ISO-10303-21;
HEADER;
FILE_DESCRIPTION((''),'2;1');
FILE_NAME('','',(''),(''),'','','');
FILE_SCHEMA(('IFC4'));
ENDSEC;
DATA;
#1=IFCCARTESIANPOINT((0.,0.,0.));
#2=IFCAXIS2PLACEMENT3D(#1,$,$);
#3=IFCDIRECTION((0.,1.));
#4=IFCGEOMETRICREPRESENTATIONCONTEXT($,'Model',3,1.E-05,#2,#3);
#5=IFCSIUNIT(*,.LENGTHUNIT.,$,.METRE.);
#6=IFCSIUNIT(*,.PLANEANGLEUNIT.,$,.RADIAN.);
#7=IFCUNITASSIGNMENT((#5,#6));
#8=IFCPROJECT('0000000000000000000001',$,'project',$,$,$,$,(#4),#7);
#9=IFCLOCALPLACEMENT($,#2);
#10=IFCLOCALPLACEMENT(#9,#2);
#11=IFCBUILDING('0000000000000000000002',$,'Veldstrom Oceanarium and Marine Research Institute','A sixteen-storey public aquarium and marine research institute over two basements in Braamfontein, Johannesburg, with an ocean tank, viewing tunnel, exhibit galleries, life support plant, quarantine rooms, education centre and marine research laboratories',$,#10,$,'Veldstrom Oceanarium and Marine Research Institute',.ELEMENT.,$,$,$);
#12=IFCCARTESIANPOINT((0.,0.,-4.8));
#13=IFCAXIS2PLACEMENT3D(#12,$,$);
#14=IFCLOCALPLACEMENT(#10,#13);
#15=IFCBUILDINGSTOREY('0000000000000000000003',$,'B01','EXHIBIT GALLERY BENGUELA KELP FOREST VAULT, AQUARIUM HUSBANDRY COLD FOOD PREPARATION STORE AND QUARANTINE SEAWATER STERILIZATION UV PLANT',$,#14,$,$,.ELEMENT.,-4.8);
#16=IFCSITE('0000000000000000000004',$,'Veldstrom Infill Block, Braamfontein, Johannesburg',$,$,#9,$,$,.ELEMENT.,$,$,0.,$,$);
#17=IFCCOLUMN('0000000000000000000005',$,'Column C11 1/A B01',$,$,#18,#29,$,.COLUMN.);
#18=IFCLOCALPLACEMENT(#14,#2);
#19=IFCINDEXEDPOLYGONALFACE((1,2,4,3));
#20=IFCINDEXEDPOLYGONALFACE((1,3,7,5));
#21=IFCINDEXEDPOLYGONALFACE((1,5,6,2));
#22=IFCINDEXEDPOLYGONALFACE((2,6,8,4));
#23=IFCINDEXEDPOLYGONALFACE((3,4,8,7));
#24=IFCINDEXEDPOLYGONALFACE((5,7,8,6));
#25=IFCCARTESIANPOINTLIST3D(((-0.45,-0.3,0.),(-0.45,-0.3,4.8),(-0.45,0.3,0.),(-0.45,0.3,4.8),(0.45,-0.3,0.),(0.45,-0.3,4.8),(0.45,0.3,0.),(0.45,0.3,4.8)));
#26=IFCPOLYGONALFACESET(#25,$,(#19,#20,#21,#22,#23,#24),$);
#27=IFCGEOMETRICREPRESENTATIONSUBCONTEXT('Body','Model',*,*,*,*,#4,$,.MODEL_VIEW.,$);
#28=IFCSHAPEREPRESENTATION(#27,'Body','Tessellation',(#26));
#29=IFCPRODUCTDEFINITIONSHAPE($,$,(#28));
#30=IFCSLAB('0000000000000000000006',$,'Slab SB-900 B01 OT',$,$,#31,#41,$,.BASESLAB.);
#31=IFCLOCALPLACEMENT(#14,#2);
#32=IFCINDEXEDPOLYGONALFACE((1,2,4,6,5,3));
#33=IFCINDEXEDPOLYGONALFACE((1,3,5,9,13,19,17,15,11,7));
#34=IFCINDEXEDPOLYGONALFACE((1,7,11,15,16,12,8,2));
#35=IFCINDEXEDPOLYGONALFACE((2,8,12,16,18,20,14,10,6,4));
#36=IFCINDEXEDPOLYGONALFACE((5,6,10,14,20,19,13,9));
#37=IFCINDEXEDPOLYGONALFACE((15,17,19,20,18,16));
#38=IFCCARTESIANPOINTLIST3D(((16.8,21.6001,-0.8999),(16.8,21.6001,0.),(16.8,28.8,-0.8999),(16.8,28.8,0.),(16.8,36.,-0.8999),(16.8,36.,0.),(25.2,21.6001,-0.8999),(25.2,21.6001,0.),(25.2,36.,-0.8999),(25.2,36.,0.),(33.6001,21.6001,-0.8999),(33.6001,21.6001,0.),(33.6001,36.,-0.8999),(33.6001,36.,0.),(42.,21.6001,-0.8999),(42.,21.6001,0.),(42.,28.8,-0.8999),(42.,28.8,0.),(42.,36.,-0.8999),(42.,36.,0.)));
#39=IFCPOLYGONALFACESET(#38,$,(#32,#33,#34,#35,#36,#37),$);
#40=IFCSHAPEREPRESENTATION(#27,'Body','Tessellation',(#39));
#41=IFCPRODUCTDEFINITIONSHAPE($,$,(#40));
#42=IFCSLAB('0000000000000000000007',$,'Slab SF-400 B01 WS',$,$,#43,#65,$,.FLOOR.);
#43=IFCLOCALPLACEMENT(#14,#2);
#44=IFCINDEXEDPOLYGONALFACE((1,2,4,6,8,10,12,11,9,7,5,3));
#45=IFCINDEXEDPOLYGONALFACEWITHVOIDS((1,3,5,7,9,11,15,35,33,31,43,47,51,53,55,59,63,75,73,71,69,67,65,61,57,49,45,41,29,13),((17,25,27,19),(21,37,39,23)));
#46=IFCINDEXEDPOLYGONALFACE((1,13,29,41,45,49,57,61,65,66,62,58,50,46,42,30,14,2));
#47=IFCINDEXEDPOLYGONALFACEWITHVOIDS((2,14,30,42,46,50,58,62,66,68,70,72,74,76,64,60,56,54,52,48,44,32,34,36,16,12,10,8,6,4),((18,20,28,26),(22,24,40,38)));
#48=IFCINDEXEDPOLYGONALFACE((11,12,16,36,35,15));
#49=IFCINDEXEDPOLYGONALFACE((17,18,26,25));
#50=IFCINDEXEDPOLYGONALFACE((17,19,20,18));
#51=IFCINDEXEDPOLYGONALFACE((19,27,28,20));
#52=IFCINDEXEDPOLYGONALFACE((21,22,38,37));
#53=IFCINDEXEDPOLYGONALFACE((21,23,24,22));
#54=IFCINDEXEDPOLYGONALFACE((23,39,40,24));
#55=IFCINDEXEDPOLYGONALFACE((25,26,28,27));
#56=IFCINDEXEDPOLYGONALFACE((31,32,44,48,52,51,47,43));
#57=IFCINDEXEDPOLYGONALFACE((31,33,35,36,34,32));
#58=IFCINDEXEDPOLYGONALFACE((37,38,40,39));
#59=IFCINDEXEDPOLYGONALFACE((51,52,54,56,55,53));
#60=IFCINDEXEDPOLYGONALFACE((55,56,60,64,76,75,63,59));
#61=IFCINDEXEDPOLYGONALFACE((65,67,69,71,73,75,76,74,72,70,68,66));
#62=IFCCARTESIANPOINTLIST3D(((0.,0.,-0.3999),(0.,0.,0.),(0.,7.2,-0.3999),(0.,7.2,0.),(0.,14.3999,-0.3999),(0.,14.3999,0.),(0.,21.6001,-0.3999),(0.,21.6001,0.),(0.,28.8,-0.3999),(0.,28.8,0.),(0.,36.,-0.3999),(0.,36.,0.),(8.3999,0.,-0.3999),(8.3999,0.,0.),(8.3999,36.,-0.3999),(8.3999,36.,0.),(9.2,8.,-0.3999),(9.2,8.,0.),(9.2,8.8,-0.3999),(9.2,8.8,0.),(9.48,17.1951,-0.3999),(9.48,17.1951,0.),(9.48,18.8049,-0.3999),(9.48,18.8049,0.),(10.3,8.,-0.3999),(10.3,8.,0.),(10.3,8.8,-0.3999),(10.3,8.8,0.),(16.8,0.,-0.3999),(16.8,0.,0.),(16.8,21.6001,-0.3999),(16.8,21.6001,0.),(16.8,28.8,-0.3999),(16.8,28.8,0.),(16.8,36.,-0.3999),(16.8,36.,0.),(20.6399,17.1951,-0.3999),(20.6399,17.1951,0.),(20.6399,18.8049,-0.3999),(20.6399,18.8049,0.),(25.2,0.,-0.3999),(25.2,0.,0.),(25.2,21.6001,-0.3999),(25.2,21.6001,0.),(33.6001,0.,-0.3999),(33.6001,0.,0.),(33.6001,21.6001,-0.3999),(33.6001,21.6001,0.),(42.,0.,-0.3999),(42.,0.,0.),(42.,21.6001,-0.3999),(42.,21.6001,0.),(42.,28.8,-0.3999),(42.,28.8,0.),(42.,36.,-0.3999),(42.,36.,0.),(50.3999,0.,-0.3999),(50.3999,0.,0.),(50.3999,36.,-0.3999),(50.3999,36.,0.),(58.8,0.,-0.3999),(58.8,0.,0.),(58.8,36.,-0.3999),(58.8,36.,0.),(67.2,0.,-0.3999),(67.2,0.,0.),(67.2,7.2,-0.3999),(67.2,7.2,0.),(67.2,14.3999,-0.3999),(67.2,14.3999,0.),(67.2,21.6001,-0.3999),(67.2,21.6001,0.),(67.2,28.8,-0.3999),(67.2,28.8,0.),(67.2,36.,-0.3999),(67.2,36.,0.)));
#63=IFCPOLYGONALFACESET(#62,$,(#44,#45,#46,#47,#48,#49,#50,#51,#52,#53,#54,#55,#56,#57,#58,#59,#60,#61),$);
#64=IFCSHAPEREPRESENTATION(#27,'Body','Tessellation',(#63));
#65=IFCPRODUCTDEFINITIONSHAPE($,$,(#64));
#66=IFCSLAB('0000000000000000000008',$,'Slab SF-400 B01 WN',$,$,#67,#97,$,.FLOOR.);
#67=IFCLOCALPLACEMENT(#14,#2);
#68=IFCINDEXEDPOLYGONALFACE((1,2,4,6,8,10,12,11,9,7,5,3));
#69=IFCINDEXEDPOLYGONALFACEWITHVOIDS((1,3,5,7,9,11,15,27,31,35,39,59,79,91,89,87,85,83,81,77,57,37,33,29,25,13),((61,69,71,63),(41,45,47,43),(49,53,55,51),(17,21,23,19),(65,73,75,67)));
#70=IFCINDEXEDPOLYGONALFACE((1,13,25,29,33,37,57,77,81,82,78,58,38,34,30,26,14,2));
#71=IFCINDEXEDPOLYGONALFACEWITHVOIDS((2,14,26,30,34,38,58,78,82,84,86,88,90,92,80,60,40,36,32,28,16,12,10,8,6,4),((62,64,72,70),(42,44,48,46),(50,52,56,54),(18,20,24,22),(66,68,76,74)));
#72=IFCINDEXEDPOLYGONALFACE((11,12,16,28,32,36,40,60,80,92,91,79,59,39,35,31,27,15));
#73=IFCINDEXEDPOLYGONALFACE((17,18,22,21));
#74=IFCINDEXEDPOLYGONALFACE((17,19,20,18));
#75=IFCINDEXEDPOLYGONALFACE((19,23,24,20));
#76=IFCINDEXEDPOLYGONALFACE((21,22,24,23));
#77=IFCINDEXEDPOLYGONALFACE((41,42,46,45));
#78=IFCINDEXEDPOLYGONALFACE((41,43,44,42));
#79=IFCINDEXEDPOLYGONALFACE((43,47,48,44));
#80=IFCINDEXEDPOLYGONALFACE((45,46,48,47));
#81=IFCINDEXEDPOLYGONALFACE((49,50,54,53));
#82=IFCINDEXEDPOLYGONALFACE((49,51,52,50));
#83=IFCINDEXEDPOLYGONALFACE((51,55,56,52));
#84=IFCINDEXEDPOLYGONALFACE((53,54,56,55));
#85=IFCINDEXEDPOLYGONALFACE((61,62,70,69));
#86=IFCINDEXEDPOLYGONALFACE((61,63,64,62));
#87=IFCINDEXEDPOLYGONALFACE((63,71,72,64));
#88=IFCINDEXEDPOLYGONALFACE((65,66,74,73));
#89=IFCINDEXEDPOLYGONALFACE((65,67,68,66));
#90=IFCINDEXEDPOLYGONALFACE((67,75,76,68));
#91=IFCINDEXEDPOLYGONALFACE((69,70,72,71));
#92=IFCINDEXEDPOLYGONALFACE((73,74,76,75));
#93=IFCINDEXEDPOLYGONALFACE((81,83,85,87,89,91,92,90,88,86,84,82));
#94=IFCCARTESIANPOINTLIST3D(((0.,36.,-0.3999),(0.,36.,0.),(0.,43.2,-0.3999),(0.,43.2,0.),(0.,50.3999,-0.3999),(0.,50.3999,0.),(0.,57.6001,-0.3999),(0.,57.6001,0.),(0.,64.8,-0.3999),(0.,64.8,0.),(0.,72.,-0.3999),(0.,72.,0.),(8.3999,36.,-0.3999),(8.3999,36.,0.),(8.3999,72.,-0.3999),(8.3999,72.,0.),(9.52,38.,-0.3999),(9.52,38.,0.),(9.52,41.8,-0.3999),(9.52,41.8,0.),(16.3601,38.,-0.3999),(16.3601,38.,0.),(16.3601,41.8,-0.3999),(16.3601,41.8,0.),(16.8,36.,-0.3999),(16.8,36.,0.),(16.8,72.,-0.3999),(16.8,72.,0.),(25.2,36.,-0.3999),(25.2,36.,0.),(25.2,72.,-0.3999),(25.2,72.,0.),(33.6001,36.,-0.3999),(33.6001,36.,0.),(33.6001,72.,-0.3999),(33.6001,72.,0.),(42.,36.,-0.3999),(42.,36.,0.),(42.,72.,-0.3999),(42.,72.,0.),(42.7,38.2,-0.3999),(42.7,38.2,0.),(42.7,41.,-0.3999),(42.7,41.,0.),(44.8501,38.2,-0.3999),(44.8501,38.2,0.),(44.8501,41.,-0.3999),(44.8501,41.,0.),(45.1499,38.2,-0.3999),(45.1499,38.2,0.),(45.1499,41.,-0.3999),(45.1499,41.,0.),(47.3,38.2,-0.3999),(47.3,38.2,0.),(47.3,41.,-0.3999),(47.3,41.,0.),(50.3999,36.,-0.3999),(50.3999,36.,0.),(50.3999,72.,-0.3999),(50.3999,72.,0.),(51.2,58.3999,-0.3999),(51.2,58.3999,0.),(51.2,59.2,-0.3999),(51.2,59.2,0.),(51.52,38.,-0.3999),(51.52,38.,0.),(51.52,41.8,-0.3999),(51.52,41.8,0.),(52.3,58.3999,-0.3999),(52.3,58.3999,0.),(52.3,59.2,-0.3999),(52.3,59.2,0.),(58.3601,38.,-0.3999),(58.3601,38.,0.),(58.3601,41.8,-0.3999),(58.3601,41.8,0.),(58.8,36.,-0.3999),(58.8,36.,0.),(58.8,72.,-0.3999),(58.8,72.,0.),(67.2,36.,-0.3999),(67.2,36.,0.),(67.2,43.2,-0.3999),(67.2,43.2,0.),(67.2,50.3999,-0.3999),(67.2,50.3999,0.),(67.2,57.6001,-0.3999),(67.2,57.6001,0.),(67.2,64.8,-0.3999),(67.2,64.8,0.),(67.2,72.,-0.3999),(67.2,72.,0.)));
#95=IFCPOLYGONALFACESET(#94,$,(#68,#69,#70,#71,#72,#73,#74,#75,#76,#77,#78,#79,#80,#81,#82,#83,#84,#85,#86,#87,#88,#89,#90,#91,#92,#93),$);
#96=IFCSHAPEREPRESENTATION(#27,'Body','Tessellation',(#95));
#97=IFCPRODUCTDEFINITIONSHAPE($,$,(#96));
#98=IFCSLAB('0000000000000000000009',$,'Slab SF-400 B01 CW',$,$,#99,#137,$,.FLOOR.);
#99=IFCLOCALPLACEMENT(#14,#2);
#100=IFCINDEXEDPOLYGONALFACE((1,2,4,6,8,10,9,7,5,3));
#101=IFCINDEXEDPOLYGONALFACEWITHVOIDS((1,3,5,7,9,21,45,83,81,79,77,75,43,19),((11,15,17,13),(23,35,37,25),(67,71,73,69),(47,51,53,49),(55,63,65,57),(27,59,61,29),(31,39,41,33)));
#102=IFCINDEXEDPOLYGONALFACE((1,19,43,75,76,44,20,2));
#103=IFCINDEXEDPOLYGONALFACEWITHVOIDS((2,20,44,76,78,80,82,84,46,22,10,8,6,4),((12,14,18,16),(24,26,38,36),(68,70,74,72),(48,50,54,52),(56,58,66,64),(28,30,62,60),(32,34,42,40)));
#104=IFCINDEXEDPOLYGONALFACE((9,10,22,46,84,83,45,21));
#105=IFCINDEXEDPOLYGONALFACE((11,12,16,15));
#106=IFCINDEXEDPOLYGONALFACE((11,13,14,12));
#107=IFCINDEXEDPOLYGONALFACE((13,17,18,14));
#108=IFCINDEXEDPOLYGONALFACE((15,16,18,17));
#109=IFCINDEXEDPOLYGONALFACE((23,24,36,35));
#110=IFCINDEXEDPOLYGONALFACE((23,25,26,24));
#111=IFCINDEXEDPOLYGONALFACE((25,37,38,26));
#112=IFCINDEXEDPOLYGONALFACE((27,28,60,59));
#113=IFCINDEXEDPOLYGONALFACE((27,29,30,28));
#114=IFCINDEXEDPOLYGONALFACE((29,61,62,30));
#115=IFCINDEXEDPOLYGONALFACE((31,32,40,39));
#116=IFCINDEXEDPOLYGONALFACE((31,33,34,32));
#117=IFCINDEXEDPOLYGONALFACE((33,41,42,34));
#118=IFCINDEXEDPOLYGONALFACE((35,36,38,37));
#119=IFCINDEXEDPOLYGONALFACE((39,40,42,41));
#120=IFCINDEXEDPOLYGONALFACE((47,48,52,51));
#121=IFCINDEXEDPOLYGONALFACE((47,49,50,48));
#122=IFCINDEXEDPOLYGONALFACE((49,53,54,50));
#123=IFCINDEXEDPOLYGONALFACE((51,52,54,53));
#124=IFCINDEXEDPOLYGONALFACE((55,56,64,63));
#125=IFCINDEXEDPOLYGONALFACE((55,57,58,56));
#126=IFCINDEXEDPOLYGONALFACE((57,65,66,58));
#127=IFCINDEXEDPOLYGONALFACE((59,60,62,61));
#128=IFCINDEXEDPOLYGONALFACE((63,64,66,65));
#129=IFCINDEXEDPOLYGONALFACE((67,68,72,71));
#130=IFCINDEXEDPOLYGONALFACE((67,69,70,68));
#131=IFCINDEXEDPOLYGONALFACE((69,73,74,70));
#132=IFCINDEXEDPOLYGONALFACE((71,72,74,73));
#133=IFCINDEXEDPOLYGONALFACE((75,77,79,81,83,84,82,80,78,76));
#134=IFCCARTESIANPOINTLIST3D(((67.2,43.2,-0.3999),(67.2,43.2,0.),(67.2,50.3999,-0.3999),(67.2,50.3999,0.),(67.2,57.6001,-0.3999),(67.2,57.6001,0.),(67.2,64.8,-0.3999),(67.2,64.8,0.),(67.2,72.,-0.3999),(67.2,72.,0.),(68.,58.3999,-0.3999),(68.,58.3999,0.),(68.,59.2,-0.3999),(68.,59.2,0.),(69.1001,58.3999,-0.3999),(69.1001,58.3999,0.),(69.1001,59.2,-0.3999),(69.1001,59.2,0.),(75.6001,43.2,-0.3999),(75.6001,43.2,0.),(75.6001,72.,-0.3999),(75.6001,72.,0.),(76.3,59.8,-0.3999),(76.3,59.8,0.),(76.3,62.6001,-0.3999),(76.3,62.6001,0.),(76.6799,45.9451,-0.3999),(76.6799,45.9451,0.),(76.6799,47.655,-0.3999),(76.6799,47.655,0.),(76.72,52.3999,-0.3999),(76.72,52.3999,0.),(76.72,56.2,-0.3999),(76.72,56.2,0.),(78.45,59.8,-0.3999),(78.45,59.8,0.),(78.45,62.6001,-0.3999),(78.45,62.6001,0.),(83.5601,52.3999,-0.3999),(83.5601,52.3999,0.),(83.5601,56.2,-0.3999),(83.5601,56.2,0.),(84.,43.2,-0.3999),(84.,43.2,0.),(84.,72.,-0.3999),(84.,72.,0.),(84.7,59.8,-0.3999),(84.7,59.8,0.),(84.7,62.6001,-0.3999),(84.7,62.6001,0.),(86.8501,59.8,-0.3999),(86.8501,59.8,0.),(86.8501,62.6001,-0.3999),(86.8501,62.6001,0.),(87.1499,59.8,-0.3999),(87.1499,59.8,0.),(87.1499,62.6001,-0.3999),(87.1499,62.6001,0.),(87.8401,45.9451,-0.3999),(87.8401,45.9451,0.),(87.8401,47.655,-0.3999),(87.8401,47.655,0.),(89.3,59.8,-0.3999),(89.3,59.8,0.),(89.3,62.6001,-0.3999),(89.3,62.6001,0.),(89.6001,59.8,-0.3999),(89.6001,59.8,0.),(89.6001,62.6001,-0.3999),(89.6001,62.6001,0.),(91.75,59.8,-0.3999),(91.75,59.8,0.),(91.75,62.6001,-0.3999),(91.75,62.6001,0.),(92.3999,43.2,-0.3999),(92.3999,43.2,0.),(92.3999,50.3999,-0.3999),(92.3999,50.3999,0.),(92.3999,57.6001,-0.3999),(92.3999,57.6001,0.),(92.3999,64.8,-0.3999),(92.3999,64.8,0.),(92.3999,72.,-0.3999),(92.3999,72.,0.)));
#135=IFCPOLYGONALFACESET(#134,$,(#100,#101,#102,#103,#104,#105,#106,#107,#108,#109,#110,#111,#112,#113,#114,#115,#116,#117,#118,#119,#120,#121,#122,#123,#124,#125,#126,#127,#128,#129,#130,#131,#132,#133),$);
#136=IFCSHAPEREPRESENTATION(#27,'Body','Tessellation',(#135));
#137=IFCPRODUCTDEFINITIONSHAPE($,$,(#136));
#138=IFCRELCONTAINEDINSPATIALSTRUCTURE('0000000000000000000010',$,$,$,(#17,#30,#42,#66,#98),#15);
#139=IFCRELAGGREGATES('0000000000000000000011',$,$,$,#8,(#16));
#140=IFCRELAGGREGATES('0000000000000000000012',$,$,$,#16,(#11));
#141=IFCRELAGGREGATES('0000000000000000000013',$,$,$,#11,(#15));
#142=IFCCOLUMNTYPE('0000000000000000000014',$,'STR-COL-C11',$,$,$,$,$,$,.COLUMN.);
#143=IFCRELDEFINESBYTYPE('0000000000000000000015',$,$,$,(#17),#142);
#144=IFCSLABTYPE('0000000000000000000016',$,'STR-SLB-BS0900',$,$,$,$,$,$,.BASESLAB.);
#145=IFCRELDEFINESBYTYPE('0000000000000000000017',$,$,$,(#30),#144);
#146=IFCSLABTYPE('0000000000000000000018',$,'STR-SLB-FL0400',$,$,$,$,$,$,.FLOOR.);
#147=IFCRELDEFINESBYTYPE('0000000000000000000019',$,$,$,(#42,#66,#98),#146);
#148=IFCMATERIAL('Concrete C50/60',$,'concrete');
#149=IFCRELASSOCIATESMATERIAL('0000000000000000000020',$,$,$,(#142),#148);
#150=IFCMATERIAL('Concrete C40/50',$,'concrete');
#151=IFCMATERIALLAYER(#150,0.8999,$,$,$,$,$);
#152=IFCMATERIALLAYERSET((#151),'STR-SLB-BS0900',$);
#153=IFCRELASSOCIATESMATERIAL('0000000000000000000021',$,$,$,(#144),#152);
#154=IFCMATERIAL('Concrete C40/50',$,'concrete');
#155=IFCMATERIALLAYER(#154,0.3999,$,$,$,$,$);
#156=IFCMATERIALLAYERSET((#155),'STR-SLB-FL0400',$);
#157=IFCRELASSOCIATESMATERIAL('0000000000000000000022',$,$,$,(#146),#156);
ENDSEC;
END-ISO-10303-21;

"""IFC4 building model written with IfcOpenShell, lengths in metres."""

from ifc_helpers import new_model, si_unit, direction, frame, origin, origin_2d, place, context, subcontext, project, spatial, polyline, rectangle, outline, extrude, material, layer, layer_set, material_profile, profile_set, type_object, element, save


model = new_model("IFC4")

# Units and contexts
model_context = context("Model", 3, precision=1e-05, world=origin(), true_north=direction((0.0, 1.0)))
body_context = subcontext(model_context, "Body", "Model", "MODEL_VIEW")
ifc_project = project(units=[si_unit("LENGTHUNIT", "METRE"), si_unit("PLANEANGLEUNIT", "RADIAN")], contexts=[model_context])

# Site, building, storey
site_placement = place(None, origin())
site = spatial("IfcSite", under=ifc_project, at=site_placement, Name="Veldstrom Infill Block, Braamfontein, Johannesburg", CompositionType="ELEMENT", RefElevation=0.0)
building_placement = place(site_placement, origin())
building = spatial("IfcBuilding", under=site, at=building_placement, Name="Veldstrom Oceanarium and Marine Research Institute", Description="A sixteen-storey public aquarium and marine research institute over two basements in Braamfontein, Johannesburg, with an ocean tank, viewing tunnel, exhibit galleries, life support plant, quarantine rooms, education centre and marine research laboratories", LongName="Veldstrom Oceanarium and Marine Research Institute", CompositionType="ELEMENT")
storey_placement = place(building_placement, frame((0.0, 0.0, -4.8)))
storey = spatial("IfcBuildingStorey", under=building, at=storey_placement, Name="B01", Description="EXHIBIT GALLERY BENGUELA KELP FOREST VAULT, AQUARIUM HUSBANDRY COLD FOOD PREPARATION STORE AND QUARANTINE SEAWATER STERILIZATION UV PLANT", CompositionType="ELEMENT", Elevation=-4.8)

# Column
ifc_material_1 = material(Name="Concrete C50/60", Category="concrete")
ifc_material_profile = material_profile(ifc_material_1, rectangle(XDim=0.6001, YDim=0.8999, at=origin_2d()), Name="RC-COL-900x600")
ifc_profile_set = profile_set([ifc_material_profile], Name="Concrete C50/60")
column_type = type_object("IfcColumnType", Name="STR-COL-C11", PredefinedType="COLUMN", material=ifc_profile_set)
column_placement = place(storey_placement, frame((0.0, 0.0, 0.0), z_axis=(0.0, 0.0, 1.0), x_axis=(0.0, 1.0, 0.0)))
element("IfcColumn", 1, at=column_placement, inside=storey, type_object=column_type, Name="Column C11 1/A B01", PredefinedType="COLUMN", context=body_context, shape_type="SweptSolid", body=[
    extrude(rectangle(XDim=0.6001, YDim=0.8999, at=origin_2d()), origin(), (0.0, 0.0, 1.0), 4.8),
])

# Slabs
ifc_material_2 = material(Name="Concrete C40/50", Category="concrete")
ifc_layer_1 = layer(ifc_material_2, 0.8999)
ifc_layer_set_1 = layer_set([ifc_layer_1], Name="STR-SLB-BS0900")
slab_type_1 = type_object("IfcSlabType", Name="STR-SLB-BS0900", PredefinedType="BASESLAB", material=ifc_layer_set_1)
slab_1_placement = place(storey_placement, frame((0.0, 0.0, -0.8999)))
element("IfcSlab", 2, at=slab_1_placement, inside=storey, type_object=slab_type_1, Name="Slab SB-900 B01 OT", PredefinedType="BASESLAB", context=body_context, shape_type="SweptSolid", body=[
    extrude(outline(polyline([(33.6001, 21.6001), (25.2, 21.6001), (16.8, 21.6001), (16.8, 28.8), (16.8, 36.0), (25.2, 36.0), (33.6001, 36.0), (42.0, 36.0), (42.0, 28.8), (42.0, 21.6001), (33.6001, 21.6001)])), origin(), (0.0, 0.0, 1.0), 0.8999),
])
ifc_material_3 = material(Name="Concrete C40/50", Category="concrete")
ifc_layer_2 = layer(ifc_material_3, 0.3999)
ifc_layer_set_2 = layer_set([ifc_layer_2], Name="STR-SLB-FL0400")
slab_type_2 = type_object("IfcSlabType", Name="STR-SLB-FL0400", PredefinedType="FLOOR", material=ifc_layer_set_2)
slab_2_placement = place(storey_placement, frame((0.0, 0.0, -0.3999)))
element("IfcSlab", 3, at=slab_2_placement, inside=storey, type_object=slab_type_2, Name="Slab SF-400 B01 WS", PredefinedType="FLOOR", context=body_context, shape_type="SweptSolid", body=[
    extrude(outline(polyline([(50.3999, 36.0), (58.8, 36.0), (67.2, 36.0), (67.2, 28.8), (67.2, 21.6001), (67.2, 14.3999), (67.2, 7.2), (67.2, 0.0), (58.8, 0.0), (50.3999, 0.0), (42.0, 0.0), (33.6001, 0.0), (25.2, 0.0), (16.8, 0.0), (8.3999, 0.0), (0.0, 0.0), (0.0, 7.2), (0.0, 14.3999), (0.0, 21.6001), (0.0, 28.8), (0.0, 36.0), (8.3999, 36.0), (16.8, 36.0), (16.8, 28.8), (16.8, 21.6001), (25.2, 21.6001), (33.6001, 21.6001), (42.0, 21.6001), (42.0, 28.8), (42.0, 36.0), (50.3999, 36.0)]), holes=[polyline([(20.6399, 17.1951), (20.6399, 18.8049), (9.48, 18.8049), (9.48, 17.1951), (20.6399, 17.1951)]), polyline([(10.3, 8.8), (9.2, 8.8), (9.2, 8.0), (10.3, 8.0), (10.3, 8.8)])]), origin(), (0.0, 0.0, 1.0), 0.3999),
])
slab_3_placement = place(storey_placement, frame((0.0, 0.0, -0.3999)))
element("IfcSlab", 4, at=slab_3_placement, inside=storey, type_object=slab_type_2, Name="Slab SF-400 B01 WN", PredefinedType="FLOOR", context=body_context, shape_type="SweptSolid", body=[
    extrude(outline(polyline([(67.2, 57.6001), (67.2, 50.3999), (67.2, 43.2), (67.2, 36.0), (58.8, 36.0), (50.3999, 36.0), (42.0, 36.0), (33.6001, 36.0), (25.2, 36.0), (16.8, 36.0), (8.3999, 36.0), (0.0, 36.0), (0.0, 43.2), (0.0, 50.3999), (0.0, 57.6001), (0.0, 64.8), (0.0, 72.0), (8.3999, 72.0), (16.8, 72.0), (25.2, 72.0), (33.6001, 72.0), (42.0, 72.0), (50.3999, 72.0), (58.8, 72.0), (67.2, 72.0), (67.2, 64.8), (67.2, 57.6001)]), holes=[polyline([(16.3601, 38.0), (16.3601, 41.8), (9.52, 41.8), (9.52, 38.0), (16.3601, 38.0)]), polyline([(51.52, 41.8), (51.52, 38.0), (58.3601, 38.0), (58.3601, 41.8), (51.52, 41.8)]), polyline([(44.8501, 38.2), (44.8501, 41.0), (42.7, 41.0), (42.7, 38.2), (44.8501, 38.2)]), polyline([(45.1499, 38.2), (47.3, 38.2), (47.3, 41.0), (45.1499, 41.0), (45.1499, 38.2)]), polyline([(52.3, 59.2), (51.2, 59.2), (51.2, 58.3999), (52.3, 58.3999), (52.3, 59.2)])]), origin(), (0.0, 0.0, 1.0), 0.3999),
])
slab_4_placement = place(storey_placement, frame((0.0, 0.0, -0.3999)))
element("IfcSlab", 5, at=slab_4_placement, inside=storey, type_object=slab_type_2, Name="Slab SF-400 B01 CW", PredefinedType="FLOOR", context=body_context, shape_type="SweptSolid", body=[
    extrude(outline(polyline([(84.0, 72.0), (92.3999, 72.0), (92.3999, 64.8), (92.3999, 57.6001), (92.3999, 50.3999), (92.3999, 43.2), (84.0, 43.2), (75.6001, 43.2), (67.2, 43.2), (67.2, 50.3999), (67.2, 57.6001), (67.2, 64.8), (67.2, 72.0), (75.6001, 72.0), (84.0, 72.0)]), holes=[polyline([(76.72, 56.2), (76.72, 52.3999), (83.5601, 52.3999), (83.5601, 56.2), (76.72, 56.2)]), polyline([(76.6799, 45.9451), (87.8401, 45.9451), (87.8401, 47.655), (76.6799, 47.655), (76.6799, 45.9451)]), polyline([(78.45, 62.6001), (76.3, 62.6001), (76.3, 59.8), (78.45, 59.8), (78.45, 62.6001)]), polyline([(84.7, 59.8), (86.8501, 59.8), (86.8501, 62.6001), (84.7, 62.6001), (84.7, 59.8)]), polyline([(87.1499, 62.6001), (87.1499, 59.8), (89.3, 59.8), (89.3, 62.6001), (87.1499, 62.6001)]), polyline([(91.75, 62.6001), (89.6001, 62.6001), (89.6001, 59.8), (91.75, 59.8), (91.75, 62.6001)]), polyline([(69.1001, 59.2), (68.0, 59.2), (68.0, 58.3999), (69.1001, 58.3999), (69.1001, 59.2)])]), origin(), (0.0, 0.0, 1.0), 0.3999),
])

save(model, "model.ifc")
